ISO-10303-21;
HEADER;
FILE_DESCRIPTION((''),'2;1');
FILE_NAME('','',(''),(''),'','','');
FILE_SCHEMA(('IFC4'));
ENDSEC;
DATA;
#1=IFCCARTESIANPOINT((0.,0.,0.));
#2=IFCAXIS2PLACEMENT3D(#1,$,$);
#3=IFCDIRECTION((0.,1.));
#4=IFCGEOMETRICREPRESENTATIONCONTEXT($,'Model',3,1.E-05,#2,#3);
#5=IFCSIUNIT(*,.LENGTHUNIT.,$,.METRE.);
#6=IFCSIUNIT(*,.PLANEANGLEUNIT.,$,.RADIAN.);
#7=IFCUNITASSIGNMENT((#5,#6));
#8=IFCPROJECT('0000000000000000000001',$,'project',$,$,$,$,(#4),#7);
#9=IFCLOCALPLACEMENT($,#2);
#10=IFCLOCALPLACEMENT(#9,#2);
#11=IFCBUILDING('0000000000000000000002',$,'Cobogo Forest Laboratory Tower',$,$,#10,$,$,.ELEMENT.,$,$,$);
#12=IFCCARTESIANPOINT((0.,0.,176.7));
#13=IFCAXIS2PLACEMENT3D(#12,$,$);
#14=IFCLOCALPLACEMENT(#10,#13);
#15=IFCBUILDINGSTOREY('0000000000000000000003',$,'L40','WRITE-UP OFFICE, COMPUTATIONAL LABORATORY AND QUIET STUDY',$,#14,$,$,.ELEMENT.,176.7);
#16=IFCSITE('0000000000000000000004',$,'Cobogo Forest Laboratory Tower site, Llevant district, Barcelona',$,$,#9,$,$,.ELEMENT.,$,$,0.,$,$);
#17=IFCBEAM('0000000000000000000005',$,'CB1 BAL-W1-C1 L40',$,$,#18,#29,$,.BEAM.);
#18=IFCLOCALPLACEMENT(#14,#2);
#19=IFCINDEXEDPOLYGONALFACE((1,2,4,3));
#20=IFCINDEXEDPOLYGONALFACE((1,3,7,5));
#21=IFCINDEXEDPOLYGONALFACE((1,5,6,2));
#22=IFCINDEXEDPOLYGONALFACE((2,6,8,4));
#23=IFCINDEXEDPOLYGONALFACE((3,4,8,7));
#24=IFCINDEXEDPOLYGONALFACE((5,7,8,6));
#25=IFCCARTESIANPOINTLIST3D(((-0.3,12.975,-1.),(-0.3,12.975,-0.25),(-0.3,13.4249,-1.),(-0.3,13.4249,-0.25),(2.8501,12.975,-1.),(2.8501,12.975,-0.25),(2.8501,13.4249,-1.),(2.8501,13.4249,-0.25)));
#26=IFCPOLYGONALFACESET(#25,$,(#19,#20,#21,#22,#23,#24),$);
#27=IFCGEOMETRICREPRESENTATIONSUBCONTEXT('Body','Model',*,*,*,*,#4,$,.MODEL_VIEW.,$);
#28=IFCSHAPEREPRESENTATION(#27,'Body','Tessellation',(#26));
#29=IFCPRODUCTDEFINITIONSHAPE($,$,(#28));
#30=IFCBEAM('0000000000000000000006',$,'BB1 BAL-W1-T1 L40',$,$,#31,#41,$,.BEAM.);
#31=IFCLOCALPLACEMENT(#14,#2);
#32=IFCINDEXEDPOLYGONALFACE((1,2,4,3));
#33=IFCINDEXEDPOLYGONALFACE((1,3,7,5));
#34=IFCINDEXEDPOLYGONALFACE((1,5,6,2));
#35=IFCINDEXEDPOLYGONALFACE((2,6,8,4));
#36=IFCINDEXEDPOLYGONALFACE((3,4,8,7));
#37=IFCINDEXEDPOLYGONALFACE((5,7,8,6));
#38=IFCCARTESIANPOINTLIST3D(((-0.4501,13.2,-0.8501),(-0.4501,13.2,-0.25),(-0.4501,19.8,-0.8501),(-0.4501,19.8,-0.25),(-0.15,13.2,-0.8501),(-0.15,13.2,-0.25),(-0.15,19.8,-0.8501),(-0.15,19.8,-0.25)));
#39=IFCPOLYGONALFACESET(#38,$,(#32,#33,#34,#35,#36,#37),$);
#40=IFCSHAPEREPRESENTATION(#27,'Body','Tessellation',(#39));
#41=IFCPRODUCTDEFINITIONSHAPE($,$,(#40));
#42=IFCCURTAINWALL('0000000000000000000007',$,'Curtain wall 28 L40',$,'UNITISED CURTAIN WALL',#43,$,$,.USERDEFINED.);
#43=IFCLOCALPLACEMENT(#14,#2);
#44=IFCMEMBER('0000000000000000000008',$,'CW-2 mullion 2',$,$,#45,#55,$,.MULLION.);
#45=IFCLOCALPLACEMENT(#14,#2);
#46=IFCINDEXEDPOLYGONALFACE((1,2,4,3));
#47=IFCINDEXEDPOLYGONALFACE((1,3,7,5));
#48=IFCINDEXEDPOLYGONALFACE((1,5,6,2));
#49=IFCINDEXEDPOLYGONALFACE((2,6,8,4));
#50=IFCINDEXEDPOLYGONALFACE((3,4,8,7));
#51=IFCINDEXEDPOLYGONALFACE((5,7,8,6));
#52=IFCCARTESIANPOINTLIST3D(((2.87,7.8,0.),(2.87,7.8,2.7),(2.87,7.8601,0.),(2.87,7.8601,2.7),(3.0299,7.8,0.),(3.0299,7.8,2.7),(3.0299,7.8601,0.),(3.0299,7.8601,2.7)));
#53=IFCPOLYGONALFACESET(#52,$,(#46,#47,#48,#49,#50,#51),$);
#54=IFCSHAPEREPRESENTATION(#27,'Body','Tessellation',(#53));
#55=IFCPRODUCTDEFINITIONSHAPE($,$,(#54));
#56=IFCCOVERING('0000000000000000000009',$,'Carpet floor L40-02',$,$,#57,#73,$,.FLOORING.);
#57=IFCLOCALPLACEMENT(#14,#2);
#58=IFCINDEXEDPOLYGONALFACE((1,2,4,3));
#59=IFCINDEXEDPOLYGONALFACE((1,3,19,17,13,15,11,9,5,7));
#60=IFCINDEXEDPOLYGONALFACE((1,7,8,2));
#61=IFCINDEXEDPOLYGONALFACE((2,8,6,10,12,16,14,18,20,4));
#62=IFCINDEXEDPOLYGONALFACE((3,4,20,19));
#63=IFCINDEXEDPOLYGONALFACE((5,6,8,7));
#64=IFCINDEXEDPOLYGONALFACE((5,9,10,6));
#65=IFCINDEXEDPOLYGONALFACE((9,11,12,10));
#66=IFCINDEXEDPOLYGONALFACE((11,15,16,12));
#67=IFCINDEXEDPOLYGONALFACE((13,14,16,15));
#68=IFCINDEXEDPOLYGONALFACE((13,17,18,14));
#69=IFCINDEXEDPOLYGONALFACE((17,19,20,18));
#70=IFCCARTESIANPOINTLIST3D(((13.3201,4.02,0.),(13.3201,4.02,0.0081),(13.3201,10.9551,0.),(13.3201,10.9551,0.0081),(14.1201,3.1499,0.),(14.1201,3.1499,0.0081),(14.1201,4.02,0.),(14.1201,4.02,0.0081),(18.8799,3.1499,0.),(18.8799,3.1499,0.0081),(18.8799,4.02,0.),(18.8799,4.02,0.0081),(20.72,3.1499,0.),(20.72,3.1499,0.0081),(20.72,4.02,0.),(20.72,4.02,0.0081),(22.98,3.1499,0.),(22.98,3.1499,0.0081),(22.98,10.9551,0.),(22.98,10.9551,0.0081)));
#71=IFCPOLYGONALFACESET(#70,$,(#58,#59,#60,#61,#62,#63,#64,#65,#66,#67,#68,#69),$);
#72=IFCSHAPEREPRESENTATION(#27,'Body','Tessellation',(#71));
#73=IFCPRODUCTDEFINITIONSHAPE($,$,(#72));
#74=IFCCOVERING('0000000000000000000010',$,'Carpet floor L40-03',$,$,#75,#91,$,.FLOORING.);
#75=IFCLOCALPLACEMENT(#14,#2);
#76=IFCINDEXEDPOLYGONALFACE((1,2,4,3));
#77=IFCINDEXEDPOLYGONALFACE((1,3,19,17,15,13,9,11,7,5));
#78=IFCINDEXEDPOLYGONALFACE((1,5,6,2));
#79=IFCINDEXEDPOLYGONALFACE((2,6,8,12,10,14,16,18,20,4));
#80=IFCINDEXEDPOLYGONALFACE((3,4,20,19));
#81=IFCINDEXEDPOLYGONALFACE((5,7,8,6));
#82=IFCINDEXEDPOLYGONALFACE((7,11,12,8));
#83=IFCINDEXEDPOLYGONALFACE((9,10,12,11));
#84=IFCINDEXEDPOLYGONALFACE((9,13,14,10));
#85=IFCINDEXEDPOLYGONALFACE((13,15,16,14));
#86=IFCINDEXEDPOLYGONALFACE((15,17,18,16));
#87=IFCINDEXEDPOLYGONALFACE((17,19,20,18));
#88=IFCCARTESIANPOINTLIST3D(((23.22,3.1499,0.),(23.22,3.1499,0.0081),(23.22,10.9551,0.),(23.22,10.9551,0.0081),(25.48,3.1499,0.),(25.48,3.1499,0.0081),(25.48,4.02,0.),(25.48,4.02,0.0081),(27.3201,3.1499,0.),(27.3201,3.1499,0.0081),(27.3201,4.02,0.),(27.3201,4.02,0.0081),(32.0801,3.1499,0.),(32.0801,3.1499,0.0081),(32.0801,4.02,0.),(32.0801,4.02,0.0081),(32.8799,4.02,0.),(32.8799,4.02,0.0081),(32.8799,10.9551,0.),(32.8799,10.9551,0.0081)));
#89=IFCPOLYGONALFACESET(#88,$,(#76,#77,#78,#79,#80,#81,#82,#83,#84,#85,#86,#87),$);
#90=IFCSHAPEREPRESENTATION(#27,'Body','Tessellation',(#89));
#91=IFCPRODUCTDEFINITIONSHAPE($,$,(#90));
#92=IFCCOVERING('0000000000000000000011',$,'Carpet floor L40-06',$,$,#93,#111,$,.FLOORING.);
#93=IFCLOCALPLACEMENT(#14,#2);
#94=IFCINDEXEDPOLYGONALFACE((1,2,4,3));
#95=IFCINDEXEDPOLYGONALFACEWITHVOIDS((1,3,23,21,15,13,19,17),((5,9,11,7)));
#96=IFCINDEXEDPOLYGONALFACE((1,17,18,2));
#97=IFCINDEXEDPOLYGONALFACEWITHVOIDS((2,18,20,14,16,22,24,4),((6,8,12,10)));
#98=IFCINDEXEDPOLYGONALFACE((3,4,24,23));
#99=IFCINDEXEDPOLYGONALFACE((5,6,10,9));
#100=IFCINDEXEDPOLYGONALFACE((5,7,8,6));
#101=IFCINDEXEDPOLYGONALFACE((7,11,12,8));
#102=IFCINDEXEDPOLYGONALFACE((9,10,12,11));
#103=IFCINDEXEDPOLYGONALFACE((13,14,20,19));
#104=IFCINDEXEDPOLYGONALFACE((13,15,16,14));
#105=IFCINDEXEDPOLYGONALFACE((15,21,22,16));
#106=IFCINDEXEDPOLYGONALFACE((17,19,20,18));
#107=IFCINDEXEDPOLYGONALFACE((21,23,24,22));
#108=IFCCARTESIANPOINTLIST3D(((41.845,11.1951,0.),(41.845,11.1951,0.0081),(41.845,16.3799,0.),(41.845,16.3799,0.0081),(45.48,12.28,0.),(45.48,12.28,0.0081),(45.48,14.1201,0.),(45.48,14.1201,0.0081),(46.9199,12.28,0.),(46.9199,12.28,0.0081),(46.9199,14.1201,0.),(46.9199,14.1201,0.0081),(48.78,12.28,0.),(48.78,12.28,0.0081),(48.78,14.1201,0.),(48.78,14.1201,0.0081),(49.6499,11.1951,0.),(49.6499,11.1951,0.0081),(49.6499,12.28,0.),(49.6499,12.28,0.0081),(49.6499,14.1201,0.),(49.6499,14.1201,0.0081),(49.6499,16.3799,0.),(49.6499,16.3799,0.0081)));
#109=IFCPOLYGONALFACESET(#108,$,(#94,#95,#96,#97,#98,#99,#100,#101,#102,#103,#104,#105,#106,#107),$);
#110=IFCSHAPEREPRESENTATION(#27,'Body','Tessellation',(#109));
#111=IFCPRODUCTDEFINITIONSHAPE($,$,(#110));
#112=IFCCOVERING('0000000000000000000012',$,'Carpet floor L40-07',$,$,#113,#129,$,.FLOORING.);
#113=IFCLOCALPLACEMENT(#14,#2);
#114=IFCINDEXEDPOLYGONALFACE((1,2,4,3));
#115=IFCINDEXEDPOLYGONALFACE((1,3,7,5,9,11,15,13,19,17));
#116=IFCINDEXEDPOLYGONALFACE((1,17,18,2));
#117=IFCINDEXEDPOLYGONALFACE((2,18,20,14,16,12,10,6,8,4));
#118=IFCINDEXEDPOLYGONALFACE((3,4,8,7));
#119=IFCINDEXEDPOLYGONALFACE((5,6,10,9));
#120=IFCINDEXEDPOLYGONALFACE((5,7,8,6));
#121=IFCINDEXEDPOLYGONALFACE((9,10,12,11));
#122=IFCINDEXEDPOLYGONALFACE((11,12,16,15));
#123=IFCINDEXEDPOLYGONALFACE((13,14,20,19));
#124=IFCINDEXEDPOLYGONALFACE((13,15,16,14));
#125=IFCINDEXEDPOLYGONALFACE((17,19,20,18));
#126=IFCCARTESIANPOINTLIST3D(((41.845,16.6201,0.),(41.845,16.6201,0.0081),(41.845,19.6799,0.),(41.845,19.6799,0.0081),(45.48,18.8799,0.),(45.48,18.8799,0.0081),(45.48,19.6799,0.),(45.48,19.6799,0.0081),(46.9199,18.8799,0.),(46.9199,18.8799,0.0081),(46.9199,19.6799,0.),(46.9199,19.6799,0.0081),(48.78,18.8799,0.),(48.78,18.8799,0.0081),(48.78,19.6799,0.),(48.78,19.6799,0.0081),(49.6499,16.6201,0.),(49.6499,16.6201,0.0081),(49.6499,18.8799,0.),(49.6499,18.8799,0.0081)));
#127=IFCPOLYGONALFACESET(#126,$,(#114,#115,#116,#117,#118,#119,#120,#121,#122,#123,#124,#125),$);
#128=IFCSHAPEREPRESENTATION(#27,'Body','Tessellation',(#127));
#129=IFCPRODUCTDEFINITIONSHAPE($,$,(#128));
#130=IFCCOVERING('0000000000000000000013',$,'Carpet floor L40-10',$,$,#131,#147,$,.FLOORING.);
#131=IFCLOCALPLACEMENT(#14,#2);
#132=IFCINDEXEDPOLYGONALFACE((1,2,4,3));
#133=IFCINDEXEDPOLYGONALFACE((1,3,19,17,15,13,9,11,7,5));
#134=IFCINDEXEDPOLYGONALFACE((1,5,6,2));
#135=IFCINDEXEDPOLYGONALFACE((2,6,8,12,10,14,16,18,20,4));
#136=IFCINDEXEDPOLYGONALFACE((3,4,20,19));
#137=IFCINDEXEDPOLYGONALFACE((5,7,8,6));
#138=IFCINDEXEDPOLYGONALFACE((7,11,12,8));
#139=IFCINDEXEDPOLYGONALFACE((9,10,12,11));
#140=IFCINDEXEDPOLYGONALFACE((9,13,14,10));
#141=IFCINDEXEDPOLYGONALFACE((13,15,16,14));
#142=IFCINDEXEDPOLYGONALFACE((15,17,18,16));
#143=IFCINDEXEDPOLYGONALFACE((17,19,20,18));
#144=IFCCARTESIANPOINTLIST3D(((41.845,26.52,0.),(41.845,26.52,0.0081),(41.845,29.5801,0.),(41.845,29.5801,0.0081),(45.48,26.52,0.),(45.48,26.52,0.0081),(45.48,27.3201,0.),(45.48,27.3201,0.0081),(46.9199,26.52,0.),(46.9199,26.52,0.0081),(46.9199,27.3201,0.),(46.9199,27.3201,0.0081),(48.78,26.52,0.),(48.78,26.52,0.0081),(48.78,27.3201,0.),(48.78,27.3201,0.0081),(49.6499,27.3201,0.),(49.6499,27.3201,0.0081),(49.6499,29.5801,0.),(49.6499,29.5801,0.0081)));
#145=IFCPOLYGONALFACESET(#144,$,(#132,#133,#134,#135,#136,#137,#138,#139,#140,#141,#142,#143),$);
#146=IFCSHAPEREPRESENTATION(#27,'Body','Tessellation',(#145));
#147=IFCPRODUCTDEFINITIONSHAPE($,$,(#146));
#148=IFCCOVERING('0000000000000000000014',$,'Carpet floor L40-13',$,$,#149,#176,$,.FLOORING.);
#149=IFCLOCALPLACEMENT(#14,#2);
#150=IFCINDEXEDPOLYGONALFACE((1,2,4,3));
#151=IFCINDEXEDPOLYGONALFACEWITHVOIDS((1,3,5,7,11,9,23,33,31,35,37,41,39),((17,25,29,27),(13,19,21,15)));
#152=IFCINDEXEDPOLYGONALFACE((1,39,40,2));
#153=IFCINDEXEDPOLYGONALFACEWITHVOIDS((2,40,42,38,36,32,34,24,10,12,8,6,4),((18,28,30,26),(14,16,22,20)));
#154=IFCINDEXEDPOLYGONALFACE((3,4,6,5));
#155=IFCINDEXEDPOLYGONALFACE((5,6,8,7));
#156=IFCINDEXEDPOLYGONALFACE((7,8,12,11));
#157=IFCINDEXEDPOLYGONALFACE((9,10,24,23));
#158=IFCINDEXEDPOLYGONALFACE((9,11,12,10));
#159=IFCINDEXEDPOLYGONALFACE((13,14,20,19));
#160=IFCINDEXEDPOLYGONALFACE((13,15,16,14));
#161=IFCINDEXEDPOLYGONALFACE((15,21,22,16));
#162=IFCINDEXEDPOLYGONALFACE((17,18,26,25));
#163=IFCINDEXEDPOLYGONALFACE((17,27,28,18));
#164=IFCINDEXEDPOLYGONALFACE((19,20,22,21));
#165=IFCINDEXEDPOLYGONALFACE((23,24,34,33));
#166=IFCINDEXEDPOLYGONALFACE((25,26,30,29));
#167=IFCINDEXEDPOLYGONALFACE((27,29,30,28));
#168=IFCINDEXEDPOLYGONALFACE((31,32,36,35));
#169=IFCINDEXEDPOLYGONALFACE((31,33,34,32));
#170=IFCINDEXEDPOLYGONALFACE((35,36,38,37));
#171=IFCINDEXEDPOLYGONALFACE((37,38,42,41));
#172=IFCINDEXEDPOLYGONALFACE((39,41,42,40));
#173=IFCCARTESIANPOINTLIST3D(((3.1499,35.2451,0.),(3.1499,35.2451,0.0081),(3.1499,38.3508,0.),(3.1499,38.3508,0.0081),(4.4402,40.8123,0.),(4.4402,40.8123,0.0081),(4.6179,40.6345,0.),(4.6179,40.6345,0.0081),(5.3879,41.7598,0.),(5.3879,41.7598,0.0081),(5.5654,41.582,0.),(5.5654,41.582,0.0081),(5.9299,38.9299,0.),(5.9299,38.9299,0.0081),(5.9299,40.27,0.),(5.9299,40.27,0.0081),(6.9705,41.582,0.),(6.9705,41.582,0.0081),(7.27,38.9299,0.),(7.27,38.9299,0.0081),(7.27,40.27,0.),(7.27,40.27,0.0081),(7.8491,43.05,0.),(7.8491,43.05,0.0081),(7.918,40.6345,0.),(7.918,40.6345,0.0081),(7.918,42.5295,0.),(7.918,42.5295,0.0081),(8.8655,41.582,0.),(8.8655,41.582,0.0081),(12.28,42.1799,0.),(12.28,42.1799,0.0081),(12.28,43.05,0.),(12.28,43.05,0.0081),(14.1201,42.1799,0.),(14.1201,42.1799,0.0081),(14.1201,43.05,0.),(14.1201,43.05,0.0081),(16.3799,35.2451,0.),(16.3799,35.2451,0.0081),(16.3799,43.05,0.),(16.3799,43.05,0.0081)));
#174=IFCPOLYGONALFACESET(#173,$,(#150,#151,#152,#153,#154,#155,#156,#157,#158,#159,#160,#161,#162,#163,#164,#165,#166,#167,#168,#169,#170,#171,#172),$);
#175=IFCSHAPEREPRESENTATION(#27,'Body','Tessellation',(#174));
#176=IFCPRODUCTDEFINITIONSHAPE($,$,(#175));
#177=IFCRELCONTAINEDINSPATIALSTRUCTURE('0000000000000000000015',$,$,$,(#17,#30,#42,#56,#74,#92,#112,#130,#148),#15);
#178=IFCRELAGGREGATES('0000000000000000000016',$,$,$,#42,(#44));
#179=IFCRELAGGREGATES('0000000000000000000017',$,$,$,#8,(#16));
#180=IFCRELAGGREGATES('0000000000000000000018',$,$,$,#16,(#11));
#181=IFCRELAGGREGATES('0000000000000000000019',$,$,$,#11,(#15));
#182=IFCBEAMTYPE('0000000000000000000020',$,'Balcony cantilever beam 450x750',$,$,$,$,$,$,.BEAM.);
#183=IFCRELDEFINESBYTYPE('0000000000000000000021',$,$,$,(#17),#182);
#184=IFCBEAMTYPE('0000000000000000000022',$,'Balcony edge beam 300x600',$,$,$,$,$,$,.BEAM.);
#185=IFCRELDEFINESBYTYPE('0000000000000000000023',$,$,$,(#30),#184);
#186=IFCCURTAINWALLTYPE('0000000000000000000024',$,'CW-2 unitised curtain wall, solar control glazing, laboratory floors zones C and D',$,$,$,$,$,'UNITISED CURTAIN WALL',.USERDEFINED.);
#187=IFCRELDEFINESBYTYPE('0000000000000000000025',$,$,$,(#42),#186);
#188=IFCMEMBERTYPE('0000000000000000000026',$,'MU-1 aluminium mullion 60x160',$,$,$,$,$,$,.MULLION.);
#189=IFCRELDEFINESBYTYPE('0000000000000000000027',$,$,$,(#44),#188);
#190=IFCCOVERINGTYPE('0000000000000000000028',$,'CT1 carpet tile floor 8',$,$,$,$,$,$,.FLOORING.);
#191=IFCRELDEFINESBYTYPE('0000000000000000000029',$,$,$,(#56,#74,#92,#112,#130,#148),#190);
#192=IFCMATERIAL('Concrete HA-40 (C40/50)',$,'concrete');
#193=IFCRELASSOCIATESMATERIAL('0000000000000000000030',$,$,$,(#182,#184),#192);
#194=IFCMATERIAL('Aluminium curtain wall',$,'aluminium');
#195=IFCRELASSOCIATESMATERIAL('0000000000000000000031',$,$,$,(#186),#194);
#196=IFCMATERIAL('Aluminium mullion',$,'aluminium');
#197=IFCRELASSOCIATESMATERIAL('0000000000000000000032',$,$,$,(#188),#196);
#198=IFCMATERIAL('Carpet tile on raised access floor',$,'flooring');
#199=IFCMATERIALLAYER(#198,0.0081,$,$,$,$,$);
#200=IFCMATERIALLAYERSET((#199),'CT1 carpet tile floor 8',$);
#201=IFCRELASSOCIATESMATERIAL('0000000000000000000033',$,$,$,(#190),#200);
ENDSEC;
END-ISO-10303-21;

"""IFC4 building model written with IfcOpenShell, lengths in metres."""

from ifc_helpers import new_model, si_unit, direction, frame, origin, origin_2d, place, context, subcontext, project, spatial, polyline, rectangle, outline, extrude, material, layer, layer_set, material_profile, profile_set, type_object, element, aggregate, save


model = new_model("IFC4")

# Units and contexts
model_context = context("Model", 3, precision=1e-05, world=origin(), true_north=direction((0.0, 1.0)))
body_context = subcontext(model_context, "Body", "Model", "MODEL_VIEW")
ifc_project = project(units=[si_unit("LENGTHUNIT", "METRE"), si_unit("PLANEANGLEUNIT", "RADIAN")], contexts=[model_context])

# Site, building, storey
site_placement = place(None, origin())
site = spatial("IfcSite", under=ifc_project, at=site_placement, Name="Cobogo Forest Laboratory Tower site, Llevant district, Barcelona", CompositionType="ELEMENT", RefElevation=0.0)
building_placement = place(site_placement, origin())
building = spatial("IfcBuilding", under=site, at=building_placement, Name="Cobogo Forest Laboratory Tower", CompositionType="ELEMENT")
storey_placement = place(building_placement, frame((0.0, 0.0, 176.7)))
storey = spatial("IfcBuildingStorey", under=building, at=storey_placement, Name="L40", Description="WRITE-UP OFFICE, COMPUTATIONAL LABORATORY AND QUIET STUDY", CompositionType="ELEMENT", Elevation=176.7)

# Beams
ifc_material_1 = material(Name="Concrete HA-40 (C40/50)", Category="concrete")
ifc_material_profile_1 = material_profile(ifc_material_1, rectangle(XDim=0.45, YDim=0.75, at=origin_2d()), Name="RC 450x750")
ifc_profile_set_1 = profile_set([ifc_material_profile_1], Name="Concrete HA-40 (C40/50)")
beam_type_1 = type_object("IfcBeamType", Name="Balcony cantilever beam 450x750", PredefinedType="BEAM", material=ifc_profile_set_1)
beam_1_placement = place(storey_placement, frame((2.8501, 13.2, -0.625), z_axis=(-1.0, 0.0, 0.0), x_axis=(0.0, -1.0, 0.0)))
element("IfcBeam", 1, at=beam_1_placement, inside=storey, type_object=beam_type_1, Name="CB1 BAL-W1-C1 L40", PredefinedType="BEAM", context=body_context, shape_type="SweptSolid", body=[
    extrude(rectangle(XDim=0.45, YDim=0.75, at=origin_2d()), origin(), (0.0, 0.0, 1.0), 3.1501),
])
ifc_material_profile_2 = material_profile(ifc_material_1, rectangle(XDim=0.3, YDim=0.6001, at=origin_2d()), Name="RC 300x600")
ifc_profile_set_2 = profile_set([ifc_material_profile_2], Name="Concrete HA-40 (C40/50)")
beam_type_2 = type_object("IfcBeamType", Name="Balcony edge beam 300x600", PredefinedType="BEAM", material=ifc_profile_set_2)
beam_2_placement = place(storey_placement, frame((-0.3, 13.2, -0.55), z_axis=(0.0, 1.0, 0.0), x_axis=(-1.0, 0.0, 0.0)))
element("IfcBeam", 2, at=beam_2_placement, inside=storey, type_object=beam_type_2, Name="BB1 BAL-W1-T1 L40", PredefinedType="BEAM", context=body_context, shape_type="SweptSolid", body=[
    extrude(rectangle(XDim=0.3, YDim=0.6001, at=origin_2d()), origin(), (0.0, 0.0, 1.0), 6.6001),
])

# Curtain wall, member
ifc_material_2 = material(Name="Aluminium curtain wall", Category="aluminium")
curtain_wall_type = type_object("IfcCurtainWallType", Name="CW-2 unitised curtain wall, solar control glazing, laboratory floors zones C and D", ElementType="UNITISED CURTAIN WALL", PredefinedType="USERDEFINED", material=ifc_material_2)
curtain_wall_placement = place(storey_placement, origin())
curtain_wall = element("IfcCurtainWall", 3, at=curtain_wall_placement, inside=storey, type_object=curtain_wall_type, Name="Curtain wall 28 L40", ObjectType="UNITISED CURTAIN WALL", PredefinedType="USERDEFINED")
ifc_material_3 = material(Name="Aluminium mullion", Category="aluminium")
ifc_material_profile_3 = material_profile(ifc_material_3, rectangle(XDim=0.0601, YDim=0.1599, at=origin_2d()), Name="AL 60x160")
ifc_profile_set_3 = profile_set([ifc_material_profile_3], Name="Aluminium mullion")
member_type = type_object("IfcMemberType", Name="MU-1 aluminium mullion 60x160", PredefinedType="MULLION", material=ifc_profile_set_3)
member_placement = place(storey_placement, frame((2.95, 7.8301, 0.0), z_axis=(0.0, 0.0, 1.0), x_axis=(0.0, -1.0, 0.0)))
member = element("IfcMember", 4, at=member_placement, type_object=member_type, Name="CW-2 mullion 2", PredefinedType="MULLION", context=body_context, shape_type="SweptSolid", body=[
    extrude(rectangle(XDim=0.0601, YDim=0.1599, at=origin_2d()), origin(), (0.0, 0.0, 1.0), 2.7),
])
aggregate(curtain_wall, [member])

# Coverings
ifc_material_4 = material(Name="Carpet tile on raised access floor", Category="flooring")
ifc_layer_1 = layer(ifc_material_4, 0.0081)
ifc_layer_set_1 = layer_set([ifc_layer_1], Name="CT1 carpet tile floor 8")
covering_type_1 = type_object("IfcCoveringType", Name="CT1 carpet tile floor 8", PredefinedType="FLOORING", material=ifc_layer_set_1)
covering_1_placement = place(storey_placement, origin())
element("IfcCovering", 5, at=covering_1_placement, inside=storey, type_object=covering_type_1, Name="Carpet floor L40-02", PredefinedType="FLOORING", context=body_context, shape_type="SweptSolid", body=[
    extrude(outline(polyline([(22.98, 10.9551), (22.98, 3.1499), (20.72, 3.1499), (20.72, 4.02), (18.8799, 4.02), (18.8799, 3.1499), (14.1201, 3.1499), (14.1201, 4.02), (13.3201, 4.02), (13.3201, 10.9551), (22.98, 10.9551)])), origin(), (0.0, 0.0, 1.0), 0.0081),
])
covering_2_placement = place(storey_placement, origin())
element("IfcCovering", 6, at=covering_2_placement, inside=storey, type_object=covering_type_1, Name="Carpet floor L40-03", PredefinedType="FLOORING", context=body_context, shape_type="SweptSolid", body=[
    extrude(outline(polyline([(32.8799, 10.9551), (32.8799, 4.02), (32.0801, 4.02), (32.0801, 3.1499), (27.3201, 3.1499), (27.3201, 4.02), (25.48, 4.02), (25.48, 3.1499), (23.22, 3.1499), (23.22, 10.9551), (32.8799, 10.9551)])), origin(), (0.0, 0.0, 1.0), 0.0081),
])
covering_3_placement = place(storey_placement, origin())
element("IfcCovering", 7, at=covering_3_placement, inside=storey, type_object=covering_type_1, Name="Carpet floor L40-06", PredefinedType="FLOORING", context=body_context, shape_type="SweptSolid", body=[
    extrude(outline(polyline([(41.845, 16.3799), (49.6499, 16.3799), (49.6499, 14.1201), (48.78, 14.1201), (48.78, 12.28), (49.6499, 12.28), (49.6499, 11.1951), (41.845, 11.1951), (41.845, 16.3799)]), holes=[polyline([(46.9199, 12.28), (46.9199, 14.1201), (45.48, 14.1201), (45.48, 12.28), (46.9199, 12.28)])]), origin(), (0.0, 0.0, 1.0), 0.0081),
])
covering_4_placement = place(storey_placement, origin())
element("IfcCovering", 8, at=covering_4_placement, inside=storey, type_object=covering_type_1, Name="Carpet floor L40-07", PredefinedType="FLOORING", context=body_context, shape_type="SweptSolid", body=[
    extrude(outline(polyline([(41.845, 19.6799), (45.48, 19.6799), (45.48, 18.8799), (46.9199, 18.8799), (46.9199, 19.6799), (48.78, 19.6799), (48.78, 18.8799), (49.6499, 18.8799), (49.6499, 16.6201), (41.845, 16.6201), (41.845, 19.6799)])), origin(), (0.0, 0.0, 1.0), 0.0081),
])
covering_5_placement = place(storey_placement, origin())
element("IfcCovering", 9, at=covering_5_placement, inside=storey, type_object=covering_type_1, Name="Carpet floor L40-10", PredefinedType="FLOORING", context=body_context, shape_type="SweptSolid", body=[
    extrude(outline(polyline([(41.845, 29.5801), (49.6499, 29.5801), (49.6499, 27.3201), (48.78, 27.3201), (48.78, 26.52), (46.9199, 26.52), (46.9199, 27.3201), (45.48, 27.3201), (45.48, 26.52), (41.845, 26.52), (41.845, 29.5801)])), origin(), (0.0, 0.0, 1.0), 0.0081),
])
covering_6_placement = place(storey_placement, origin())
element("IfcCovering", 10, at=covering_6_placement, inside=storey, type_object=covering_type_1, Name="Carpet floor L40-13", PredefinedType="FLOORING", context=body_context, shape_type="SweptSolid", body=[
    extrude(outline(polyline([(3.1499, 35.2451), (3.1499, 38.3508), (4.4402, 40.8123), (4.6179, 40.6345), (5.5654, 41.582), (5.3879, 41.7598), (7.8491, 43.05), (12.28, 43.05), (12.28, 42.1799), (14.1201, 42.1799), (14.1201, 43.05), (16.3799, 43.05), (16.3799, 35.2451), (3.1499, 35.2451)]), holes=[polyline([(7.918, 40.6345), (8.8655, 41.582), (7.918, 42.5295), (6.9705, 41.582), (7.918, 40.6345)]), polyline([(5.9299, 38.9299), (7.27, 38.9299), (7.27, 40.27), (5.9299, 40.27), (5.9299, 38.9299)])]), origin(), (0.0, 0.0, 1.0), 0.0081),
])

save(model, "model.ifc")
